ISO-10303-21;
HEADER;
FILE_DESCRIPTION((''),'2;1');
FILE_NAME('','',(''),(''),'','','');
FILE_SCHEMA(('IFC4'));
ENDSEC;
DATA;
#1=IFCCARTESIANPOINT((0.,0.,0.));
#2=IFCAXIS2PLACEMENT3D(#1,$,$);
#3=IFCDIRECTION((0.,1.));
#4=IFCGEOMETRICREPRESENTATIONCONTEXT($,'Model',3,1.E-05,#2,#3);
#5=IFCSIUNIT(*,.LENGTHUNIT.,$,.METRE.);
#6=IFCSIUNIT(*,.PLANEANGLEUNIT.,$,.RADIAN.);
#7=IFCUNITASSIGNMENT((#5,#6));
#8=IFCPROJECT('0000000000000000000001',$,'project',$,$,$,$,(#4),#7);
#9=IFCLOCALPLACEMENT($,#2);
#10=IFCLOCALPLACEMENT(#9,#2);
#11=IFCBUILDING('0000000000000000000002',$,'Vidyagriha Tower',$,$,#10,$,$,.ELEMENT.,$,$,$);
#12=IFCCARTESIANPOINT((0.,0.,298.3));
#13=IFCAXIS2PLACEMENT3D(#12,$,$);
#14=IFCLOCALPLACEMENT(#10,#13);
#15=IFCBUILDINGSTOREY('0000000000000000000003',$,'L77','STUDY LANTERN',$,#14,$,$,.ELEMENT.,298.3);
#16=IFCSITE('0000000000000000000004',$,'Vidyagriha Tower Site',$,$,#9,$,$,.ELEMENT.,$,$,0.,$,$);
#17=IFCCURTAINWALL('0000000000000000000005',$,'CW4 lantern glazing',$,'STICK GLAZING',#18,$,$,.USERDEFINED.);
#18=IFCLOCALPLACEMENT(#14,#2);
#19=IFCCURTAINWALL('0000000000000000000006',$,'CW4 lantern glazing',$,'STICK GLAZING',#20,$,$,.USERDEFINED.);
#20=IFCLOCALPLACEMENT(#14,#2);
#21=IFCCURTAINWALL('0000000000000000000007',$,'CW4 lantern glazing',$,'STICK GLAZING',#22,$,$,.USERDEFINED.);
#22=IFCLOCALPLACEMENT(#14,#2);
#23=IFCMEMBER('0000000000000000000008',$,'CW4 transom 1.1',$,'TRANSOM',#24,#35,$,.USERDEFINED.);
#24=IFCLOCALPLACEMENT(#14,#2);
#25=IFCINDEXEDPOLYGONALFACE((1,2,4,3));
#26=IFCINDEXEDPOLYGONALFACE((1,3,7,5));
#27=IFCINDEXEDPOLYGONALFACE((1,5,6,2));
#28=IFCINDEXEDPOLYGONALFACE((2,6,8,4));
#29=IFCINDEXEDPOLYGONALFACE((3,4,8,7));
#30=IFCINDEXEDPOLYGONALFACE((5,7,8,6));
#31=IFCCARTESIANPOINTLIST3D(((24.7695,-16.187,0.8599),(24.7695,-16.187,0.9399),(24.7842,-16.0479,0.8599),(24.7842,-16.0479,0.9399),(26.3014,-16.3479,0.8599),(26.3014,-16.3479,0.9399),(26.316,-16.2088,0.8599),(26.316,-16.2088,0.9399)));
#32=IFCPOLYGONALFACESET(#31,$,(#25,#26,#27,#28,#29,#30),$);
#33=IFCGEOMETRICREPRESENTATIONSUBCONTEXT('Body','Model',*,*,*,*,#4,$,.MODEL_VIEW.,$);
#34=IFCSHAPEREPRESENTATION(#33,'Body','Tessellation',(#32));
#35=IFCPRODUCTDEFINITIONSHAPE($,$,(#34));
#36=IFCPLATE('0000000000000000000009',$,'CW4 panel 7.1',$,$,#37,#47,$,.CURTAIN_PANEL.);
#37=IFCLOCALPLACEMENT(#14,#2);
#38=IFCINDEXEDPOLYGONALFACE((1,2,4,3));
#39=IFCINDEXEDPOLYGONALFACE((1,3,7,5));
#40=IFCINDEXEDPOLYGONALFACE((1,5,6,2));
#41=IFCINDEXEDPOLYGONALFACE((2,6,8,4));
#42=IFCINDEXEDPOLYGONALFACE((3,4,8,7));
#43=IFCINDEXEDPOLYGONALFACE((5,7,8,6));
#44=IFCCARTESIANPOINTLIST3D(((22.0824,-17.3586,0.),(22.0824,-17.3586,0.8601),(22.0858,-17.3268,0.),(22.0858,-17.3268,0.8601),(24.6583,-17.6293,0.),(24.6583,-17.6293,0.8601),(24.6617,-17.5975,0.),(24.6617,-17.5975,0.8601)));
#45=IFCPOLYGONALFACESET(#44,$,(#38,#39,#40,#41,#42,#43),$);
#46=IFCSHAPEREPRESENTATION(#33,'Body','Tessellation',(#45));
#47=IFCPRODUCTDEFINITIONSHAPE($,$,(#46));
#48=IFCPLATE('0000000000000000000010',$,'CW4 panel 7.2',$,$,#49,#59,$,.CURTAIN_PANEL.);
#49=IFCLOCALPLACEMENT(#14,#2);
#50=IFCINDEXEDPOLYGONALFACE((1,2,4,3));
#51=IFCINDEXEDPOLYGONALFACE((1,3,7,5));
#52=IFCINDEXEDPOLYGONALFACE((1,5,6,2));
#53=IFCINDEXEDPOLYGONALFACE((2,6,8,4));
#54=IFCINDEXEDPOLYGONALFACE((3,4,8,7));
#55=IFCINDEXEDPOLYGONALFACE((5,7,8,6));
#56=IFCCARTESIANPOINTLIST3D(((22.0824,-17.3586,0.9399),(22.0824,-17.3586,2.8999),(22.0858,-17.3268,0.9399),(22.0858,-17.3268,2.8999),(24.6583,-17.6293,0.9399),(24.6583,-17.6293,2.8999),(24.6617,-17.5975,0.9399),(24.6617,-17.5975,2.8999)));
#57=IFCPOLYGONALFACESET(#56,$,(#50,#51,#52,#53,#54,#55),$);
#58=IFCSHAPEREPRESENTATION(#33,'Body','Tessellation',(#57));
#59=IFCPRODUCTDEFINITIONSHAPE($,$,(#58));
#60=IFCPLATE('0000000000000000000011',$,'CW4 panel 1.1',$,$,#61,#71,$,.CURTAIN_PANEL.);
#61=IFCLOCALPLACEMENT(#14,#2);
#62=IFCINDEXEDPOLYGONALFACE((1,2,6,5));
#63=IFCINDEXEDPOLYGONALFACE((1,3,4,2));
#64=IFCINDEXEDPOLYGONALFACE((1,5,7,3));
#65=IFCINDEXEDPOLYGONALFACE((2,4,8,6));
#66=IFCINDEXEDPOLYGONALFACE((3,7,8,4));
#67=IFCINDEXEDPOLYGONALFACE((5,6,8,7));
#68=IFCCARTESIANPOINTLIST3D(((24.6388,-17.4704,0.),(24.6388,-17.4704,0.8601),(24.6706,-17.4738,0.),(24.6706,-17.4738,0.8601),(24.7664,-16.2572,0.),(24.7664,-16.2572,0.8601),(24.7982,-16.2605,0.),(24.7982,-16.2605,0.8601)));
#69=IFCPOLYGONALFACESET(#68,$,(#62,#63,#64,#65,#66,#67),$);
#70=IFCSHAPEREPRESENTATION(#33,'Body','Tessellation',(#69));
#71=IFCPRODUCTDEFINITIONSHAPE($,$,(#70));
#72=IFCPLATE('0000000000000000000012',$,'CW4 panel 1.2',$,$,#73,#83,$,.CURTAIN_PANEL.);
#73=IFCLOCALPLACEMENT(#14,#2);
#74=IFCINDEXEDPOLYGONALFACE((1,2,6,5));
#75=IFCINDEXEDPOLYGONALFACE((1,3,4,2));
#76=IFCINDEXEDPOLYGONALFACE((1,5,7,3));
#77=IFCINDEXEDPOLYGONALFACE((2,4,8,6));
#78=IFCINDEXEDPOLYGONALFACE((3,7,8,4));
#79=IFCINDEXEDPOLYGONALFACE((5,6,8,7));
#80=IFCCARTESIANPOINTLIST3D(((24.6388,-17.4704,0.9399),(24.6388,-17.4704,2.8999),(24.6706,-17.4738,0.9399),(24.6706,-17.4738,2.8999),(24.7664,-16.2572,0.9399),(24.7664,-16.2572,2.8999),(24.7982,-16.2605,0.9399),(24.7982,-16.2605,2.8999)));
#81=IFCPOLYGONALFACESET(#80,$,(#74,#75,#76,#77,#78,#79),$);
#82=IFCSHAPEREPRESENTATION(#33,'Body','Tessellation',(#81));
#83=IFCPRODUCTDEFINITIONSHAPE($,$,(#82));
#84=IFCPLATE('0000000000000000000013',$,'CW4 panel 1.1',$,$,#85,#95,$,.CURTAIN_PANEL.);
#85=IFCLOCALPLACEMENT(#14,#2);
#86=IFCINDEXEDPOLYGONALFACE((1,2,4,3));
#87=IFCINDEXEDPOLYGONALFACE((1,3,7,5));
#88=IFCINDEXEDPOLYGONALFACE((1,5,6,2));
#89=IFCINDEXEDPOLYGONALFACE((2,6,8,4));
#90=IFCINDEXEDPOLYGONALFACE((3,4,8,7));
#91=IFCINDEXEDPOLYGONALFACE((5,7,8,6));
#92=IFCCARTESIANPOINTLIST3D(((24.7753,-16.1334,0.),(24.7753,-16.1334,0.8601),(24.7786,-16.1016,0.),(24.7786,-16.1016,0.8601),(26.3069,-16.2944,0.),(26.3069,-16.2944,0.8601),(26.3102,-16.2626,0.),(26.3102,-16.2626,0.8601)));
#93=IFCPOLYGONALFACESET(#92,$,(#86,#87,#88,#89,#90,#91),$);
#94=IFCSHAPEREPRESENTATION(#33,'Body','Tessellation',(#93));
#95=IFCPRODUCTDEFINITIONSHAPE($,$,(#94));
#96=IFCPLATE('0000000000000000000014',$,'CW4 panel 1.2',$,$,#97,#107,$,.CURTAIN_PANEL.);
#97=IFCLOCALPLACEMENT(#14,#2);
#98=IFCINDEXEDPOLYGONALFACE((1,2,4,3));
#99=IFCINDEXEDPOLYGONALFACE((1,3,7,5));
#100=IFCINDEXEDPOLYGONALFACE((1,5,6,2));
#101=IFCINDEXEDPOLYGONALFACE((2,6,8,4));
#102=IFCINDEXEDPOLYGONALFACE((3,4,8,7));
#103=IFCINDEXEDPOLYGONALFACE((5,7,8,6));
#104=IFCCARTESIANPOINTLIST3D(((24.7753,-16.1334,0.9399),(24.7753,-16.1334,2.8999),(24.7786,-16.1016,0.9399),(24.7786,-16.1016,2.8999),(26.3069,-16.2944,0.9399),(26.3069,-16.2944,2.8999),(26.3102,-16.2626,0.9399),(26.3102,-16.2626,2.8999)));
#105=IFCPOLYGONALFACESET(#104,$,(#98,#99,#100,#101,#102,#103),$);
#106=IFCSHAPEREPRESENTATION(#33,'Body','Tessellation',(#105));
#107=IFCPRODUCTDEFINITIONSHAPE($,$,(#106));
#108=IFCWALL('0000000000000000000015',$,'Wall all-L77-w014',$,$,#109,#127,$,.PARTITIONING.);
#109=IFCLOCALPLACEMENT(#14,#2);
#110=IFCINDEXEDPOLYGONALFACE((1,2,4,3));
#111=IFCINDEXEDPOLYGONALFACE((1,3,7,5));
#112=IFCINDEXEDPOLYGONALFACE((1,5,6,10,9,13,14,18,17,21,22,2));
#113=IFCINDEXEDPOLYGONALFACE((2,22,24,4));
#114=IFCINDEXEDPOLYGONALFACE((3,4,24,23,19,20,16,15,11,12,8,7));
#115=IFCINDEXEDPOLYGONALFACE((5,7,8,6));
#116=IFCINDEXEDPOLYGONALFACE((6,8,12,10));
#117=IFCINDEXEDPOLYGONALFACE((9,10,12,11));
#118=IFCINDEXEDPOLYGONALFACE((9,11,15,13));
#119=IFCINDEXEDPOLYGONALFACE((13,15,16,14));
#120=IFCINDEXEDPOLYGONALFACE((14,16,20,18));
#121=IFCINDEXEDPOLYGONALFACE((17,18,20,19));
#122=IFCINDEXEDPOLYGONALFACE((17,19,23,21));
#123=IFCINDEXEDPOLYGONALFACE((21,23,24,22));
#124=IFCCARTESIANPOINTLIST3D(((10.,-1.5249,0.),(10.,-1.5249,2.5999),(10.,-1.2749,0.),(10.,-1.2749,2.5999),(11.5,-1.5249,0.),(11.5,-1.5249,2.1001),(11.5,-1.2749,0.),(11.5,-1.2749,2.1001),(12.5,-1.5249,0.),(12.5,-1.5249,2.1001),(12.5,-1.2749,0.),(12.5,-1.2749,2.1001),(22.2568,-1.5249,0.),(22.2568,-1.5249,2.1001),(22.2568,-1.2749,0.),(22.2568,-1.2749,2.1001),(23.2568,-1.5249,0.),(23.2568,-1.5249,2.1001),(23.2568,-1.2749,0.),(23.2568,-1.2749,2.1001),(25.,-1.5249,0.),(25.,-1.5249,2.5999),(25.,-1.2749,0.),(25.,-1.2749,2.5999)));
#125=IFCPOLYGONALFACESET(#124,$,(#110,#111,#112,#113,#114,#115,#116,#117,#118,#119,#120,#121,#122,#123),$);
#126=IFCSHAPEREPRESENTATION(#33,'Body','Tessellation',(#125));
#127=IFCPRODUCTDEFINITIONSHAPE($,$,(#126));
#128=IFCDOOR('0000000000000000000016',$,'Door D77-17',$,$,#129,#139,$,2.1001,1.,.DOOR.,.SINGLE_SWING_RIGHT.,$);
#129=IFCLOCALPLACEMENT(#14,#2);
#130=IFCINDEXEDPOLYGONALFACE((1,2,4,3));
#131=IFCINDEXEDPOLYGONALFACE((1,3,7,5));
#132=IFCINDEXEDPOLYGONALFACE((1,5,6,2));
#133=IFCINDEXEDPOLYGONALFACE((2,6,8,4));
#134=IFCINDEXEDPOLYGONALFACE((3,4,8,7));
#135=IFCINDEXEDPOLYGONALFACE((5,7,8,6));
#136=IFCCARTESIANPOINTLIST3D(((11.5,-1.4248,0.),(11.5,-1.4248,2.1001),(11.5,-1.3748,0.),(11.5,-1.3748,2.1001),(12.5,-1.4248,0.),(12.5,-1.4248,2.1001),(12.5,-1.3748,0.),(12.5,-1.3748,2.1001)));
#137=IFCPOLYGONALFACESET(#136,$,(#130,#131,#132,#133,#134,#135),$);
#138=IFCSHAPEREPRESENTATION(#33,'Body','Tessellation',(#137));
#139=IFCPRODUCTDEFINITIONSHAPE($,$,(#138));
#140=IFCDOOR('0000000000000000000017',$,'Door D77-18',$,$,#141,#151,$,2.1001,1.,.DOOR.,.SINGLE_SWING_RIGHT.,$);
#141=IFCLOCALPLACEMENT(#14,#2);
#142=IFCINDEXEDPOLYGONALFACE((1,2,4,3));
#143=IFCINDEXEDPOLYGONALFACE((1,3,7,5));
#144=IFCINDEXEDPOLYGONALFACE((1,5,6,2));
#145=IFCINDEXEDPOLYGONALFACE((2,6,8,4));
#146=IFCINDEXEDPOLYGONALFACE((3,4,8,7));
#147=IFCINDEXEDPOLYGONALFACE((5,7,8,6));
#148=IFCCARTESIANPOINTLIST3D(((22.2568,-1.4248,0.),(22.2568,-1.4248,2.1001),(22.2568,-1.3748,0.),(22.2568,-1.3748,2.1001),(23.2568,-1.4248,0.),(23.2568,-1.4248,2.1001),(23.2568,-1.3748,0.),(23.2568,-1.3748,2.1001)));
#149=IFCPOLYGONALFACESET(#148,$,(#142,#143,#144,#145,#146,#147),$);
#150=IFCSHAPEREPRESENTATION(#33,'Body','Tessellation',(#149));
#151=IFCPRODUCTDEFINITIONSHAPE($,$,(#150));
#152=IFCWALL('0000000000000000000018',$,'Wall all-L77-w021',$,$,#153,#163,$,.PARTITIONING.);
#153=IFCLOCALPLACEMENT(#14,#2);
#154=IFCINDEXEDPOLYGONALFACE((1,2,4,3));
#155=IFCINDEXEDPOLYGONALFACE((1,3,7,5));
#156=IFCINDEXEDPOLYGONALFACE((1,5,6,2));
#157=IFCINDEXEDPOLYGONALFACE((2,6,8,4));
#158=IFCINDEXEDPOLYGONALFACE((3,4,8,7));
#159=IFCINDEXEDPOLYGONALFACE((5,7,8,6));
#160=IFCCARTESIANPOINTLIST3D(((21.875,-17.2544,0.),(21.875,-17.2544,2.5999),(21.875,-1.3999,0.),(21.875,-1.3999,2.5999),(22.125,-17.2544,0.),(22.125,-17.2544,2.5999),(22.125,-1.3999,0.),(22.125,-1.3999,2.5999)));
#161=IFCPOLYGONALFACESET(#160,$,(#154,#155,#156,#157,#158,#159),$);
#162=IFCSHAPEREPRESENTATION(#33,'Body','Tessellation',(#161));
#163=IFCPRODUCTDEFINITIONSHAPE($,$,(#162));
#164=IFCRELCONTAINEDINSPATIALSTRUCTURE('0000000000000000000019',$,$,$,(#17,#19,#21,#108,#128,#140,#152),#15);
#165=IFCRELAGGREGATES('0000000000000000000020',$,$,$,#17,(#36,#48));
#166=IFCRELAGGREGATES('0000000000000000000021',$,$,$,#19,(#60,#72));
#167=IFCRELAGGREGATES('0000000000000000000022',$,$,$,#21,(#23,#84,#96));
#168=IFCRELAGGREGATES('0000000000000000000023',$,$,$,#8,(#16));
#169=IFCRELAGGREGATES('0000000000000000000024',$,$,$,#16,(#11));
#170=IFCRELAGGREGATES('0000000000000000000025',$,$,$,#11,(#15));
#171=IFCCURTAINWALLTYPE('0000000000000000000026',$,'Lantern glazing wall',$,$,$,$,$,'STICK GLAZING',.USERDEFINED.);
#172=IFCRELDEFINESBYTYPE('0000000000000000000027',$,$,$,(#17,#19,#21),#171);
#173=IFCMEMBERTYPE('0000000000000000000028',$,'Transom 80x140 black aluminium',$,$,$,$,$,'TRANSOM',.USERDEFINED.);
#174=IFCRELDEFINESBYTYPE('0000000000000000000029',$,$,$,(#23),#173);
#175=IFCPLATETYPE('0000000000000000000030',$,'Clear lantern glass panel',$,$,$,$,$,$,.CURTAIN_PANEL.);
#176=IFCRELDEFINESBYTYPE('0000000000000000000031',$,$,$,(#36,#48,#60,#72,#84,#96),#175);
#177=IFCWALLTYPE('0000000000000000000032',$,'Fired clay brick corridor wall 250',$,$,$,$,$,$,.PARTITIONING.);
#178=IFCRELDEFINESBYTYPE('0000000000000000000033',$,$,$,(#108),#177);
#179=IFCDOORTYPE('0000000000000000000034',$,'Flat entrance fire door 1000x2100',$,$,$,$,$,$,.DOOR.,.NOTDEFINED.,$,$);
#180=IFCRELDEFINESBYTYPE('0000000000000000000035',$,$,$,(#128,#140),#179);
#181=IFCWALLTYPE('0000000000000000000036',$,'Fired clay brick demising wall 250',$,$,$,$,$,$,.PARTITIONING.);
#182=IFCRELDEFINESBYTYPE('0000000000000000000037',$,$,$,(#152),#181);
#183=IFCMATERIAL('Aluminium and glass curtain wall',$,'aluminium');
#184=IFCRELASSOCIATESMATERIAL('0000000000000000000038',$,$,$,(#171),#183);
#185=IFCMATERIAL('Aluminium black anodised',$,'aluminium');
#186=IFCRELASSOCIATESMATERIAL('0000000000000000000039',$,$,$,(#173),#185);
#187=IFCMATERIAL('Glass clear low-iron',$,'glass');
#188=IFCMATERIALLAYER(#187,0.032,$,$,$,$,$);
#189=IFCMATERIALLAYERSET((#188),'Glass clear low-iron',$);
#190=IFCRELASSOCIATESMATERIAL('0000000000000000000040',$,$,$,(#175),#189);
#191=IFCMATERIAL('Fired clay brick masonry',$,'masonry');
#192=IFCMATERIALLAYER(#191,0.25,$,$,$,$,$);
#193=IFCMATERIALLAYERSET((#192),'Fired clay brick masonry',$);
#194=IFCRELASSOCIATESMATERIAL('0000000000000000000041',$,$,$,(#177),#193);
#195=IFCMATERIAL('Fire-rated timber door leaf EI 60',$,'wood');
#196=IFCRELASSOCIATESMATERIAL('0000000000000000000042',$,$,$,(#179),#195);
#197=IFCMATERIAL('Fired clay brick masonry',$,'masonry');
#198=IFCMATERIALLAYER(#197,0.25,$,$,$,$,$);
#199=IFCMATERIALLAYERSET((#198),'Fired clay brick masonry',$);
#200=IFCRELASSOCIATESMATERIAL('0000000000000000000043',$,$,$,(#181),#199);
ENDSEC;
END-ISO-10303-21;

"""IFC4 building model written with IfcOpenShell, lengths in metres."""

from ifc_helpers import new_model, si_unit, direction, frame, frame_2d, origin, origin_2d, place, context, subcontext, project, spatial, rectangle, extrude, material, layer, layer_set, material_profile, profile_set, type_object, element, fill, aggregate, save


model = new_model("IFC4")

# Units and contexts
model_context = context("Model", 3, precision=1e-05, world=origin(), true_north=direction((0.0, 1.0)))
body_context = subcontext(model_context, "Body", "Model", "MODEL_VIEW")
ifc_project = project(units=[si_unit("LENGTHUNIT", "METRE"), si_unit("PLANEANGLEUNIT", "RADIAN")], contexts=[model_context])

# Site, building, storey
site_placement = place(None, origin())
site = spatial("IfcSite", under=ifc_project, at=site_placement, Name="Vidyagriha Tower Site", CompositionType="ELEMENT", RefElevation=0.0)
building_placement = place(site_placement, origin())
building = spatial("IfcBuilding", under=site, at=building_placement, Name="Vidyagriha Tower", CompositionType="ELEMENT")
storey_placement = place(building_placement, frame((0.0, 0.0, 298.3)))
storey = spatial("IfcBuildingStorey", under=building, at=storey_placement, Name="L77", Description="STUDY LANTERN", CompositionType="ELEMENT", Elevation=298.3)

# Curtain walls
ifc_material_1 = material(Name="Aluminium and glass curtain wall", Category="aluminium")
curtain_wall_type = type_object("IfcCurtainWallType", Name="Lantern glazing wall", ElementType="STICK GLAZING", PredefinedType="USERDEFINED", material=ifc_material_1)
curtain_wall_1_placement = place(storey_placement, origin())
curtain_wall_1 = element("IfcCurtainWall", 1, at=curtain_wall_1_placement, inside=storey, type_object=curtain_wall_type, Name="CW4 lantern glazing", ObjectType="STICK GLAZING", PredefinedType="USERDEFINED")
curtain_wall_2_placement = place(storey_placement, origin())
curtain_wall_2 = element("IfcCurtainWall", 2, at=curtain_wall_2_placement, inside=storey, type_object=curtain_wall_type, Name="CW4 lantern glazing", ObjectType="STICK GLAZING", PredefinedType="USERDEFINED")

# Curtain wall
curtain_wall_3_placement = place(storey_placement, origin())
curtain_wall_3 = element("IfcCurtainWall", 3, at=curtain_wall_3_placement, inside=storey, type_object=curtain_wall_type, Name="CW4 lantern glazing", ObjectType="STICK GLAZING", PredefinedType="USERDEFINED")

# Member
ifc_material_2 = material(Name="Aluminium black anodised", Category="aluminium")
ifc_material_profile_1 = material_profile(ifc_material_2, rectangle(XDim=0.1399, YDim=0.0801, at=origin_2d()), Name="Transom 80x140 black aluminium")
ifc_profile_set_1 = profile_set([ifc_material_profile_1], Name="Aluminium black anodised")
member_type_1 = type_object("IfcMemberType", Name="Transom 80x140 black aluminium", ElementType="TRANSOM", PredefinedType="USERDEFINED", material=ifc_profile_set_1)
member_1_placement = place(storey_placement, frame((24.7769, -16.1174, 0.8999), z_axis=(0.994529, -0.104462, 0.0), x_axis=(0.104462, 0.994529, 0.0)))
member_1 = element("IfcMember", 4, at=member_1_placement, type_object=member_type_1, Name="CW4 transom 1.1", ObjectType="TRANSOM", PredefinedType="USERDEFINED", context=body_context, shape_type="SweptSolid", body=[
    extrude(rectangle(XDim=0.1399, YDim=0.0801, at=origin_2d()), origin(), (0.0, 0.0, 1.0), 1.5403),
])

# Plates
ifc_material_3 = material(Name="Glass clear low-iron", Category="glass")
ifc_layer_1 = layer(ifc_material_3, 0.032)
ifc_layer_set_1 = layer_set([ifc_layer_1], Name="Glass clear low-iron")
plate_type = type_object("IfcPlateType", Name="Clear lantern glass panel", PredefinedType="CURTAIN_PANEL", material=ifc_layer_set_1)
plate_1_placement = place(storey_placement, frame((23.3721, -17.478, 0.0), z_axis=(0.0, 0.0, 1.0), x_axis=(0.994522, -0.104528, 0.0)))
plate_1 = element("IfcPlate", 5, at=plate_1_placement, type_object=plate_type, Name="CW4 panel 7.1", PredefinedType="CURTAIN_PANEL", context=body_context, shape_type="SweptSolid", body=[
    extrude(rectangle(XDim=2.5901, YDim=0.032, at=origin_2d()), origin(), (0.0, 0.0, 1.0), 0.8601),
])
plate_2_placement = place(storey_placement, frame((23.3721, -17.478, 0.9399), z_axis=(0.0, 0.0, 1.0), x_axis=(0.994522, -0.104528, 0.0)))
plate_2 = element("IfcPlate", 6, at=plate_2_placement, type_object=plate_type, Name="CW4 panel 7.2", PredefinedType="CURTAIN_PANEL", context=body_context, shape_type="SweptSolid", body=[
    extrude(rectangle(XDim=2.5901, YDim=0.032, at=origin_2d()), origin(), (0.0, 0.0, 1.0), 1.96),
])
aggregate(curtain_wall_1, [plate_1, plate_2])
plate_3_placement = place(storey_placement, frame((24.7185, -16.8655, 0.0), z_axis=(0.0, 0.0, 1.0), x_axis=(0.104557, 0.994519, 0.0)))
plate_3 = element("IfcPlate", 7, at=plate_3_placement, type_object=plate_type, Name="CW4 panel 1.1", PredefinedType="CURTAIN_PANEL", context=body_context, shape_type="SweptSolid", body=[
    extrude(rectangle(XDim=1.22, YDim=0.032, at=origin_2d()), origin(), (0.0, 0.0, 1.0), 0.8601),
])
plate_4_placement = place(storey_placement, frame((24.7185, -16.8655, 0.9399), z_axis=(0.0, 0.0, 1.0), x_axis=(0.104557, 0.994519, 0.0)))
plate_4 = element("IfcPlate", 8, at=plate_4_placement, type_object=plate_type, Name="CW4 panel 1.2", PredefinedType="CURTAIN_PANEL", context=body_context, shape_type="SweptSolid", body=[
    extrude(rectangle(XDim=1.22, YDim=0.032, at=origin_2d()), origin(), (0.0, 0.0, 1.0), 1.96),
])
aggregate(curtain_wall_2, [plate_3, plate_4])
plate_5_placement = place(storey_placement, frame((25.5427, -16.198, 0.0), z_axis=(0.0, 0.0, 1.0), x_axis=(0.994523, -0.104519, 0.0)))
plate_5 = element("IfcPlate", 9, at=plate_5_placement, type_object=plate_type, Name="CW4 panel 1.1", PredefinedType="CURTAIN_PANEL", context=body_context, shape_type="SweptSolid", body=[
    extrude(rectangle(XDim=1.54, YDim=0.032, at=origin_2d()), origin(), (0.0, 0.0, 1.0), 0.8601),
])
plate_6_placement = place(storey_placement, frame((25.5427, -16.198, 0.9399), z_axis=(0.0, 0.0, 1.0), x_axis=(0.994523, -0.104519, 0.0)))
plate_6 = element("IfcPlate", 10, at=plate_6_placement, type_object=plate_type, Name="CW4 panel 1.2", PredefinedType="CURTAIN_PANEL", context=body_context, shape_type="SweptSolid", body=[
    extrude(rectangle(XDim=1.54, YDim=0.032, at=origin_2d()), origin(), (0.0, 0.0, 1.0), 1.96),
])
aggregate(curtain_wall_3, [member_1, plate_5, plate_6])

# Wall, openings, doors
ifc_material_4 = material(Name="Fired clay brick masonry", Category="masonry")
ifc_layer_2 = layer(ifc_material_4, 0.25)
ifc_layer_set_2 = layer_set([ifc_layer_2], Name="Fired clay brick masonry")
wall_type_1 = type_object("IfcWallType", Name="Fired clay brick corridor wall 250", PredefinedType="PARTITIONING", material=ifc_layer_set_2)
wall_1_placement = place(storey_placement, frame((25.0, -1.3999, 0.0), z_axis=(0.0, 0.0, 1.0), x_axis=(-1.0, 0.0, 0.0)))
wall_1 = element("IfcWall", 11, at=wall_1_placement, inside=storey, type_object=wall_type_1, Name="Wall all-L77-w014", PredefinedType="PARTITIONING", context=body_context, shape_type="SweptSolid", body=[
    extrude(rectangle(XDim=15.0, YDim=0.25, at=frame_2d((7.5, 0.0))), origin(), (0.0, 0.0, 1.0), 2.5999),
])
opening_1_placement = place(wall_1_placement, frame((12.5, 0.0, 0.0)))
opening_1 = element("IfcOpeningElement", 12, at=opening_1_placement, cuts=wall_1, PredefinedType="OPENING", context=body_context, shape_type="SweptSolid", body=[
    extrude(rectangle(XDim=1.0, YDim=2.1001, at=frame_2d((0.5, 1.05))), frame((0.0, 0.135, 0.0), z_axis=(0.0, -1.0, 0.0), x_axis=(1.0, 0.0, 0.0)), (0.0, 0.0, 1.0), 0.27),
])
opening_2_placement = place(wall_1_placement, frame((1.7432, 0.0, 0.0)))
opening_2 = element("IfcOpeningElement", 13, at=opening_2_placement, cuts=wall_1, PredefinedType="OPENING", context=body_context, shape_type="SweptSolid", body=[
    extrude(rectangle(XDim=1.0, YDim=2.1001, at=frame_2d((0.5, 1.05))), frame((0.0, 0.135, 0.0), z_axis=(0.0, -1.0, 0.0), x_axis=(1.0, 0.0, 0.0)), (0.0, 0.0, 1.0), 0.27),
])
ifc_material_5 = material(Name="Fire-rated timber door leaf EI 60", Category="wood")
door_type_1 = type_object("IfcDoorType", Name="Flat entrance fire door 1000x2100", OperationType="NOTDEFINED", PredefinedType="DOOR", material=ifc_material_5)
door_1_placement = place(opening_1_placement, origin())
door_1 = element("IfcDoor", 14, at=door_1_placement, inside=storey, type_object=door_type_1, Name="Door D77-17", OperationType="SINGLE_SWING_RIGHT", OverallHeight=2.1001, OverallWidth=1.0, PredefinedType="DOOR", context=body_context, shape_type="SweptSolid", body=[
    extrude(rectangle(XDim=1.0, YDim=2.1001, at=frame_2d((0.5, 1.05))), frame((0.0, 0.0249, 0.0), z_axis=(0.0, -1.0, 0.0), x_axis=(1.0, 0.0, 0.0)), (0.0, 0.0, 1.0), 0.05),
])
fill(opening_1, door_1)
door_2_placement = place(opening_2_placement, origin())
door_2 = element("IfcDoor", 15, at=door_2_placement, inside=storey, type_object=door_type_1, Name="Door D77-18", OperationType="SINGLE_SWING_RIGHT", OverallHeight=2.1001, OverallWidth=1.0, PredefinedType="DOOR", context=body_context, shape_type="SweptSolid", body=[
    extrude(rectangle(XDim=1.0, YDim=2.1001, at=frame_2d((0.5, 1.05))), frame((0.0, 0.0249, 0.0), z_axis=(0.0, -1.0, 0.0), x_axis=(1.0, 0.0, 0.0)), (0.0, 0.0, 1.0), 0.05),
])
fill(opening_2, door_2)

# Wall
ifc_material_6 = material(Name="Fired clay brick masonry", Category="masonry")
ifc_layer_3 = layer(ifc_material_6, 0.25)
ifc_layer_set_3 = layer_set([ifc_layer_3], Name="Fired clay brick masonry")
wall_type_2 = type_object("IfcWallType", Name="Fired clay brick demising wall 250", PredefinedType="PARTITIONING", material=ifc_layer_set_3)
wall_2_placement = place(storey_placement, frame((22.0, -1.3999, 0.0), z_axis=(0.0, 0.0, 1.0), x_axis=(0.0, -1.0, 0.0)))
element("IfcWall", 16, at=wall_2_placement, inside=storey, type_object=wall_type_2, Name="Wall all-L77-w021", PredefinedType="PARTITIONING", context=body_context, shape_type="SweptSolid", body=[
    extrude(rectangle(XDim=15.8545, YDim=0.25, at=frame_2d((7.9272, 0.0))), origin(), (0.0, 0.0, 1.0), 2.5999),
])

save(model, "model.ifc")
